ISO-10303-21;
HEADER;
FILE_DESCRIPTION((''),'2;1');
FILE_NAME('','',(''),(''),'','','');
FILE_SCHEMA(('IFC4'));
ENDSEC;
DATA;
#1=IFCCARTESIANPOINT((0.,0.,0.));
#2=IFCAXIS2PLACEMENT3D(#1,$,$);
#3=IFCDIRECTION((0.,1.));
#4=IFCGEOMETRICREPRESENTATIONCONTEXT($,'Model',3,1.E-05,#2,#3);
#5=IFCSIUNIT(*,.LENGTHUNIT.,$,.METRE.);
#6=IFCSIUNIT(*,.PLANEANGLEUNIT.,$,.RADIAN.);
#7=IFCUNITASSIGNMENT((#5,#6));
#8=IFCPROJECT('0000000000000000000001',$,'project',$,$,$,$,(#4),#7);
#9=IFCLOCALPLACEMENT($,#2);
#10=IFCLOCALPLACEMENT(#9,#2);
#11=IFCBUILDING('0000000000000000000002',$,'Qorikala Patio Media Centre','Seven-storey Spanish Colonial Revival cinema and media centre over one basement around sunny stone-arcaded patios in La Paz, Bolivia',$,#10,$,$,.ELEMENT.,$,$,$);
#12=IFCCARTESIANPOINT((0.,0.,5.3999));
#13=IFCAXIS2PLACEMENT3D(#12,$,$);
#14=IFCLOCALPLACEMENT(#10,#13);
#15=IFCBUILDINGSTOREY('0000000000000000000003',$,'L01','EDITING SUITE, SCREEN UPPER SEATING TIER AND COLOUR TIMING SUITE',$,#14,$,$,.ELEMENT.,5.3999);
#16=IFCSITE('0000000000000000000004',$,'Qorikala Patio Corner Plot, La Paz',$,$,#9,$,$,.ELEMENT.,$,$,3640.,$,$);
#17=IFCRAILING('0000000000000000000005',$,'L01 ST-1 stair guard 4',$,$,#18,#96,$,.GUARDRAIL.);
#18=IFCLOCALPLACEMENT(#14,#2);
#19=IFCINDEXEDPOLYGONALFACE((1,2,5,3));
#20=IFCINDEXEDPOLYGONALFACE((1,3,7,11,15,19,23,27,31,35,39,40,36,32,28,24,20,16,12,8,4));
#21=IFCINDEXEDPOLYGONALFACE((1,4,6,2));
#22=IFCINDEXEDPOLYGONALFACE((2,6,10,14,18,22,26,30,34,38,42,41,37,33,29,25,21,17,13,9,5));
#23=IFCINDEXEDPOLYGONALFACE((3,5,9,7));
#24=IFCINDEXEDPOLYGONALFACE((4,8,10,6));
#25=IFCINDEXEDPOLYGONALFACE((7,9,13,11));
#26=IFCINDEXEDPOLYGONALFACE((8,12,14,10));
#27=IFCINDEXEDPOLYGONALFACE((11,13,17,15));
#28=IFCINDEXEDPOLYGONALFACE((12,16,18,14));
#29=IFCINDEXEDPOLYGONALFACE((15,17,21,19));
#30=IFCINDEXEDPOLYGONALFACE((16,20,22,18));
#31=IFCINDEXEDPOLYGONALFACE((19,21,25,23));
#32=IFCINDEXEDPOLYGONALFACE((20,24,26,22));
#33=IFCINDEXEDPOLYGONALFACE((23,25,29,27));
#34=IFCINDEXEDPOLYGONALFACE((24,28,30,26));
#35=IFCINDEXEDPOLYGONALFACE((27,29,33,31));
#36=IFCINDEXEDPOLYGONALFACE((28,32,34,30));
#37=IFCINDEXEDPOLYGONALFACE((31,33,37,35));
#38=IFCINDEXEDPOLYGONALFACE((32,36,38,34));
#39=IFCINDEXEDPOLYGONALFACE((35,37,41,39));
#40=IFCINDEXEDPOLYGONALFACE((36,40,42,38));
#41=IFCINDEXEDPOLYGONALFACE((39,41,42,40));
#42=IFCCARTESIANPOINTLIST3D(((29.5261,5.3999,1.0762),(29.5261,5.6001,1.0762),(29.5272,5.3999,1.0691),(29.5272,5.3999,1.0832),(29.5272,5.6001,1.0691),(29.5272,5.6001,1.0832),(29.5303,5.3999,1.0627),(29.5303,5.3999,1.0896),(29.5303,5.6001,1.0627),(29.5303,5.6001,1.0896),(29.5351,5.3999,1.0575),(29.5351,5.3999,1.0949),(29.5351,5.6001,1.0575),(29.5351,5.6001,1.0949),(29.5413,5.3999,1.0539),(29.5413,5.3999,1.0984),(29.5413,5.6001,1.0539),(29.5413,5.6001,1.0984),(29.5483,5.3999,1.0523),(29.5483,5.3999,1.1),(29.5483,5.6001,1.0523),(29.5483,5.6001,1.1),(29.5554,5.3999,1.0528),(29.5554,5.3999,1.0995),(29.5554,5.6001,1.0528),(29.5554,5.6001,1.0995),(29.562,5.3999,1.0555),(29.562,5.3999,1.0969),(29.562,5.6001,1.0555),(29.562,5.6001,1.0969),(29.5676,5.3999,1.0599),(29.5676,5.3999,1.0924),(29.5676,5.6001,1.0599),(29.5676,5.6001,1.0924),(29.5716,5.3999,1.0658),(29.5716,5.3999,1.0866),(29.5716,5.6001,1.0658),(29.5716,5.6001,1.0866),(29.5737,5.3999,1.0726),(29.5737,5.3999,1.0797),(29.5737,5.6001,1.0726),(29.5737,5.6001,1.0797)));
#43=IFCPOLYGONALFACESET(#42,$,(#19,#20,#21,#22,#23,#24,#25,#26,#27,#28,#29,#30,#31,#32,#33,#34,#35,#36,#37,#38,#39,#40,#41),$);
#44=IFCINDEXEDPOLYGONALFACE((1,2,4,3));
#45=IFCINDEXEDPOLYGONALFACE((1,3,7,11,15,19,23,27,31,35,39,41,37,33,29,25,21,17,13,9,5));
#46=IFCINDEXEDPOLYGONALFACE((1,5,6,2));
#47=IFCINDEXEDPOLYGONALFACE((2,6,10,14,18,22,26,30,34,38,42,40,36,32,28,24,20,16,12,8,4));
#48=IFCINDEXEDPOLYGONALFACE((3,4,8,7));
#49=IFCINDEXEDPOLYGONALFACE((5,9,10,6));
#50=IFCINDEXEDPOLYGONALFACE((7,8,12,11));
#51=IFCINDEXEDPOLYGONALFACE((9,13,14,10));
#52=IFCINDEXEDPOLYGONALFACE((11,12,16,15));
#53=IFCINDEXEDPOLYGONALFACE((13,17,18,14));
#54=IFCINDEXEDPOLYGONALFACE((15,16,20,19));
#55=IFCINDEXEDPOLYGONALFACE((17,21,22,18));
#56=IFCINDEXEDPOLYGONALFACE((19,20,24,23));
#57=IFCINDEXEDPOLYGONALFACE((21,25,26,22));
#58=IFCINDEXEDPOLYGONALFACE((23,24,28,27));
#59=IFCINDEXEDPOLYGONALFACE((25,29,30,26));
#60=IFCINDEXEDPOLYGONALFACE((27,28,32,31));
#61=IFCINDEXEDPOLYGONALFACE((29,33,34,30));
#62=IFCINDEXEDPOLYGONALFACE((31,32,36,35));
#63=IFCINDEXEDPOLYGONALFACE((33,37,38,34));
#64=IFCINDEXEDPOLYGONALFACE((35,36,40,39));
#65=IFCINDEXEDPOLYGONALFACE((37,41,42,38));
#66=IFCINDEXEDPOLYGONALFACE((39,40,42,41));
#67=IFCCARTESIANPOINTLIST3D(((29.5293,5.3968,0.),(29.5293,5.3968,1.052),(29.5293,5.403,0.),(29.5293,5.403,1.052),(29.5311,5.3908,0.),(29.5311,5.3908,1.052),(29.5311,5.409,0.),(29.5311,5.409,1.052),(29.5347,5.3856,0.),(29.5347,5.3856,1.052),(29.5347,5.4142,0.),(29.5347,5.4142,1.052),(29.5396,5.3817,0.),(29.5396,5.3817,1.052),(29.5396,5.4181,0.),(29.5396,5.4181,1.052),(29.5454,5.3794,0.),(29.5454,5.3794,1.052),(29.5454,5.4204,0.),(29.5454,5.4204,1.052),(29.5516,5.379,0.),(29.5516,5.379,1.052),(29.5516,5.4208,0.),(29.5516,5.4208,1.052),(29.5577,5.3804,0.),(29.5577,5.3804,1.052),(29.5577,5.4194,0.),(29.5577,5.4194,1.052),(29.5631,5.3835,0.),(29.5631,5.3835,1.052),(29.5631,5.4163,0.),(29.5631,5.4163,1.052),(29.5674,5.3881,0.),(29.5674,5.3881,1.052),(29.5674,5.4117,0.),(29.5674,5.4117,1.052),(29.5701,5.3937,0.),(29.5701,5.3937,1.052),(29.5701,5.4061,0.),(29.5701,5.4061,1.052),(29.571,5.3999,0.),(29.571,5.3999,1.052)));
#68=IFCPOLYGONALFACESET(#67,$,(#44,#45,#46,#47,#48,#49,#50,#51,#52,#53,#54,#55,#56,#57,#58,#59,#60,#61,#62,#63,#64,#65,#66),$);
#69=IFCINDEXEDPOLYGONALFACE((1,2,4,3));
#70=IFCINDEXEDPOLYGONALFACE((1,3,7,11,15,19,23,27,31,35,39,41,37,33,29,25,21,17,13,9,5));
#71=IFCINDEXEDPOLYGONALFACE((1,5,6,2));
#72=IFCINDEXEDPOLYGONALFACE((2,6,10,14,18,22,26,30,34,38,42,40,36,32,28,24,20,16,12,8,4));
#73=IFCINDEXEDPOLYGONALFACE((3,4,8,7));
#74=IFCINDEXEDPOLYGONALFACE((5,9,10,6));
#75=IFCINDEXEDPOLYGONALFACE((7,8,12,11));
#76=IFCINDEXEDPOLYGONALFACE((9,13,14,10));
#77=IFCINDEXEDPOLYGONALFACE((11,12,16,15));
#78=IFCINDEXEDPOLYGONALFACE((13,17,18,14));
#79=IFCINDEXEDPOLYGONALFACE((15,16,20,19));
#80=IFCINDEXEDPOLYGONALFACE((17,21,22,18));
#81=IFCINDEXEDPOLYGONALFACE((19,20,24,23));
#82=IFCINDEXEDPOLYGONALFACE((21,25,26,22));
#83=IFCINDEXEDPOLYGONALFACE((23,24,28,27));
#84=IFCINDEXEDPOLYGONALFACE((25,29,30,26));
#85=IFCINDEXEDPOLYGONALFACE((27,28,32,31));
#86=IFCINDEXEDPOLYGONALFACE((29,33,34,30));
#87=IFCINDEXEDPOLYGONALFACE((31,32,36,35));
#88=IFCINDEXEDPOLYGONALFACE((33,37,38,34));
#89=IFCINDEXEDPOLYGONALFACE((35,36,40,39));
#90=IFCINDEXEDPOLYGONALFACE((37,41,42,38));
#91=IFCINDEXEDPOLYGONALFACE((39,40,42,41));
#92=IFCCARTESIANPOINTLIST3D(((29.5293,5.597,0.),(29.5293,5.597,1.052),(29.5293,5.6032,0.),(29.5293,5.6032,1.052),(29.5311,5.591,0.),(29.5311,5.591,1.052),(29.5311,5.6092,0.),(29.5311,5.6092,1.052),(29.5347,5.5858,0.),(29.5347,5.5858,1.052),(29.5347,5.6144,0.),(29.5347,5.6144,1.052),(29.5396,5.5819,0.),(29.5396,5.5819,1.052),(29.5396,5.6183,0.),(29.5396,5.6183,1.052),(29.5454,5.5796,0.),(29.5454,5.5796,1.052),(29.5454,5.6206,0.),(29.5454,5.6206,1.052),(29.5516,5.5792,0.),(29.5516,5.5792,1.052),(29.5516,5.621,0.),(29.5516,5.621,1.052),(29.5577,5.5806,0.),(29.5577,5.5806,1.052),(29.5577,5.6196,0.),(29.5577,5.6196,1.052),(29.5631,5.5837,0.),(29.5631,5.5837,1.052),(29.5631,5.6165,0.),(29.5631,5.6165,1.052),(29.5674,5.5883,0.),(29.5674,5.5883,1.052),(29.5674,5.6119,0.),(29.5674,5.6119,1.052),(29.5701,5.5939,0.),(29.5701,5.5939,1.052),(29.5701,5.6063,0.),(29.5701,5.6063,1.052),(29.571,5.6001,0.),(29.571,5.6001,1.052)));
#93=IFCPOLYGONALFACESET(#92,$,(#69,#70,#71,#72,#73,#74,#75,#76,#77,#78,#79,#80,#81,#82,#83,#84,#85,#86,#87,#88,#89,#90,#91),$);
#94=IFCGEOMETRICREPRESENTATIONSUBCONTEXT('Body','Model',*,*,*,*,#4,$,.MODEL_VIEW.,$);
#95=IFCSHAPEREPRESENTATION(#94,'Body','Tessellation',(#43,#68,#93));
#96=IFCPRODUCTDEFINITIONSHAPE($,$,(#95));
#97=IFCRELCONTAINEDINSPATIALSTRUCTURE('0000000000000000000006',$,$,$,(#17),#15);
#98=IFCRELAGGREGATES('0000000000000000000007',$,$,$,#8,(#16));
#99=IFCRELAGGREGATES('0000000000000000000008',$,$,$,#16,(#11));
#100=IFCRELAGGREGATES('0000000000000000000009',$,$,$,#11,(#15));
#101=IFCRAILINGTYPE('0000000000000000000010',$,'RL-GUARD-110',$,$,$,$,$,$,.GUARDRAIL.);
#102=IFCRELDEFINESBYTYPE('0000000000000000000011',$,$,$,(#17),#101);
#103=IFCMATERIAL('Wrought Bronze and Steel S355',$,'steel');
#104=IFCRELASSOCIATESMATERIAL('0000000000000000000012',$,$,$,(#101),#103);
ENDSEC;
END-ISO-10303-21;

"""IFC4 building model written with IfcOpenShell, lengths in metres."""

from ifc_helpers import new_model, si_unit, direction, frame, origin, origin_2d, place, context, subcontext, project, spatial, circle, extrude, material, type_object, element, save


model = new_model("IFC4")

# Units and contexts
model_context = context("Model", 3, precision=1e-05, world=origin(), true_north=direction((0.0, 1.0)))
body_context = subcontext(model_context, "Body", "Model", "MODEL_VIEW")
ifc_project = project(units=[si_unit("LENGTHUNIT", "METRE"), si_unit("PLANEANGLEUNIT", "RADIAN")], contexts=[model_context])

# Site, building, storey
site_placement = place(None, origin())
site = spatial("IfcSite", under=ifc_project, at=site_placement, Name="Qorikala Patio Corner Plot, La Paz", CompositionType="ELEMENT", RefElevation=3640.0)
building_placement = place(site_placement, origin())
building = spatial("IfcBuilding", under=site, at=building_placement, Name="Qorikala Patio Media Centre", Description="Seven-storey Spanish Colonial Revival cinema and media centre over one basement around sunny stone-arcaded patios in La Paz, Bolivia", CompositionType="ELEMENT")
storey_placement = place(building_placement, frame((0.0, 0.0, 5.3999)))
storey = spatial("IfcBuildingStorey", under=building, at=storey_placement, Name="L01", Description="EDITING SUITE, SCREEN UPPER SEATING TIER AND COLOUR TIMING SUITE", CompositionType="ELEMENT", Elevation=5.3999)

# Railing
ifc_material_1 = material(Name="Wrought Bronze and Steel S355", Category="steel")
railing_type_1 = type_object("IfcRailingType", Name="RL-GUARD-110", PredefinedType="GUARDRAIL", material=ifc_material_1)
railing_1_placement = place(storey_placement, frame((29.55, 5.3999, 0.0)))
element("IfcRailing", 1, at=railing_1_placement, inside=storey, type_object=railing_type_1, Name="L01 ST-1 stair guard 4", PredefinedType="GUARDRAIL", context=body_context, shape_type="SweptSolid", body=[
    extrude(circle(Radius=0.0239, at=origin_2d()), frame((0.0, 0.0, 1.0762), z_axis=(0.0, 1.0, 0.0), x_axis=(-1.0, 0.0, 0.0)), (0.0, 0.0, 1.0), 0.2002),
    extrude(circle(Radius=0.021, at=origin_2d()), origin(), (0.0, 0.0, 1.0), 1.052),
    extrude(circle(Radius=0.021, at=origin_2d()), frame((0.0, 0.2002, 0.0)), (0.0, 0.0, 1.0), 1.052),
])

save(model, "model.ifc")
